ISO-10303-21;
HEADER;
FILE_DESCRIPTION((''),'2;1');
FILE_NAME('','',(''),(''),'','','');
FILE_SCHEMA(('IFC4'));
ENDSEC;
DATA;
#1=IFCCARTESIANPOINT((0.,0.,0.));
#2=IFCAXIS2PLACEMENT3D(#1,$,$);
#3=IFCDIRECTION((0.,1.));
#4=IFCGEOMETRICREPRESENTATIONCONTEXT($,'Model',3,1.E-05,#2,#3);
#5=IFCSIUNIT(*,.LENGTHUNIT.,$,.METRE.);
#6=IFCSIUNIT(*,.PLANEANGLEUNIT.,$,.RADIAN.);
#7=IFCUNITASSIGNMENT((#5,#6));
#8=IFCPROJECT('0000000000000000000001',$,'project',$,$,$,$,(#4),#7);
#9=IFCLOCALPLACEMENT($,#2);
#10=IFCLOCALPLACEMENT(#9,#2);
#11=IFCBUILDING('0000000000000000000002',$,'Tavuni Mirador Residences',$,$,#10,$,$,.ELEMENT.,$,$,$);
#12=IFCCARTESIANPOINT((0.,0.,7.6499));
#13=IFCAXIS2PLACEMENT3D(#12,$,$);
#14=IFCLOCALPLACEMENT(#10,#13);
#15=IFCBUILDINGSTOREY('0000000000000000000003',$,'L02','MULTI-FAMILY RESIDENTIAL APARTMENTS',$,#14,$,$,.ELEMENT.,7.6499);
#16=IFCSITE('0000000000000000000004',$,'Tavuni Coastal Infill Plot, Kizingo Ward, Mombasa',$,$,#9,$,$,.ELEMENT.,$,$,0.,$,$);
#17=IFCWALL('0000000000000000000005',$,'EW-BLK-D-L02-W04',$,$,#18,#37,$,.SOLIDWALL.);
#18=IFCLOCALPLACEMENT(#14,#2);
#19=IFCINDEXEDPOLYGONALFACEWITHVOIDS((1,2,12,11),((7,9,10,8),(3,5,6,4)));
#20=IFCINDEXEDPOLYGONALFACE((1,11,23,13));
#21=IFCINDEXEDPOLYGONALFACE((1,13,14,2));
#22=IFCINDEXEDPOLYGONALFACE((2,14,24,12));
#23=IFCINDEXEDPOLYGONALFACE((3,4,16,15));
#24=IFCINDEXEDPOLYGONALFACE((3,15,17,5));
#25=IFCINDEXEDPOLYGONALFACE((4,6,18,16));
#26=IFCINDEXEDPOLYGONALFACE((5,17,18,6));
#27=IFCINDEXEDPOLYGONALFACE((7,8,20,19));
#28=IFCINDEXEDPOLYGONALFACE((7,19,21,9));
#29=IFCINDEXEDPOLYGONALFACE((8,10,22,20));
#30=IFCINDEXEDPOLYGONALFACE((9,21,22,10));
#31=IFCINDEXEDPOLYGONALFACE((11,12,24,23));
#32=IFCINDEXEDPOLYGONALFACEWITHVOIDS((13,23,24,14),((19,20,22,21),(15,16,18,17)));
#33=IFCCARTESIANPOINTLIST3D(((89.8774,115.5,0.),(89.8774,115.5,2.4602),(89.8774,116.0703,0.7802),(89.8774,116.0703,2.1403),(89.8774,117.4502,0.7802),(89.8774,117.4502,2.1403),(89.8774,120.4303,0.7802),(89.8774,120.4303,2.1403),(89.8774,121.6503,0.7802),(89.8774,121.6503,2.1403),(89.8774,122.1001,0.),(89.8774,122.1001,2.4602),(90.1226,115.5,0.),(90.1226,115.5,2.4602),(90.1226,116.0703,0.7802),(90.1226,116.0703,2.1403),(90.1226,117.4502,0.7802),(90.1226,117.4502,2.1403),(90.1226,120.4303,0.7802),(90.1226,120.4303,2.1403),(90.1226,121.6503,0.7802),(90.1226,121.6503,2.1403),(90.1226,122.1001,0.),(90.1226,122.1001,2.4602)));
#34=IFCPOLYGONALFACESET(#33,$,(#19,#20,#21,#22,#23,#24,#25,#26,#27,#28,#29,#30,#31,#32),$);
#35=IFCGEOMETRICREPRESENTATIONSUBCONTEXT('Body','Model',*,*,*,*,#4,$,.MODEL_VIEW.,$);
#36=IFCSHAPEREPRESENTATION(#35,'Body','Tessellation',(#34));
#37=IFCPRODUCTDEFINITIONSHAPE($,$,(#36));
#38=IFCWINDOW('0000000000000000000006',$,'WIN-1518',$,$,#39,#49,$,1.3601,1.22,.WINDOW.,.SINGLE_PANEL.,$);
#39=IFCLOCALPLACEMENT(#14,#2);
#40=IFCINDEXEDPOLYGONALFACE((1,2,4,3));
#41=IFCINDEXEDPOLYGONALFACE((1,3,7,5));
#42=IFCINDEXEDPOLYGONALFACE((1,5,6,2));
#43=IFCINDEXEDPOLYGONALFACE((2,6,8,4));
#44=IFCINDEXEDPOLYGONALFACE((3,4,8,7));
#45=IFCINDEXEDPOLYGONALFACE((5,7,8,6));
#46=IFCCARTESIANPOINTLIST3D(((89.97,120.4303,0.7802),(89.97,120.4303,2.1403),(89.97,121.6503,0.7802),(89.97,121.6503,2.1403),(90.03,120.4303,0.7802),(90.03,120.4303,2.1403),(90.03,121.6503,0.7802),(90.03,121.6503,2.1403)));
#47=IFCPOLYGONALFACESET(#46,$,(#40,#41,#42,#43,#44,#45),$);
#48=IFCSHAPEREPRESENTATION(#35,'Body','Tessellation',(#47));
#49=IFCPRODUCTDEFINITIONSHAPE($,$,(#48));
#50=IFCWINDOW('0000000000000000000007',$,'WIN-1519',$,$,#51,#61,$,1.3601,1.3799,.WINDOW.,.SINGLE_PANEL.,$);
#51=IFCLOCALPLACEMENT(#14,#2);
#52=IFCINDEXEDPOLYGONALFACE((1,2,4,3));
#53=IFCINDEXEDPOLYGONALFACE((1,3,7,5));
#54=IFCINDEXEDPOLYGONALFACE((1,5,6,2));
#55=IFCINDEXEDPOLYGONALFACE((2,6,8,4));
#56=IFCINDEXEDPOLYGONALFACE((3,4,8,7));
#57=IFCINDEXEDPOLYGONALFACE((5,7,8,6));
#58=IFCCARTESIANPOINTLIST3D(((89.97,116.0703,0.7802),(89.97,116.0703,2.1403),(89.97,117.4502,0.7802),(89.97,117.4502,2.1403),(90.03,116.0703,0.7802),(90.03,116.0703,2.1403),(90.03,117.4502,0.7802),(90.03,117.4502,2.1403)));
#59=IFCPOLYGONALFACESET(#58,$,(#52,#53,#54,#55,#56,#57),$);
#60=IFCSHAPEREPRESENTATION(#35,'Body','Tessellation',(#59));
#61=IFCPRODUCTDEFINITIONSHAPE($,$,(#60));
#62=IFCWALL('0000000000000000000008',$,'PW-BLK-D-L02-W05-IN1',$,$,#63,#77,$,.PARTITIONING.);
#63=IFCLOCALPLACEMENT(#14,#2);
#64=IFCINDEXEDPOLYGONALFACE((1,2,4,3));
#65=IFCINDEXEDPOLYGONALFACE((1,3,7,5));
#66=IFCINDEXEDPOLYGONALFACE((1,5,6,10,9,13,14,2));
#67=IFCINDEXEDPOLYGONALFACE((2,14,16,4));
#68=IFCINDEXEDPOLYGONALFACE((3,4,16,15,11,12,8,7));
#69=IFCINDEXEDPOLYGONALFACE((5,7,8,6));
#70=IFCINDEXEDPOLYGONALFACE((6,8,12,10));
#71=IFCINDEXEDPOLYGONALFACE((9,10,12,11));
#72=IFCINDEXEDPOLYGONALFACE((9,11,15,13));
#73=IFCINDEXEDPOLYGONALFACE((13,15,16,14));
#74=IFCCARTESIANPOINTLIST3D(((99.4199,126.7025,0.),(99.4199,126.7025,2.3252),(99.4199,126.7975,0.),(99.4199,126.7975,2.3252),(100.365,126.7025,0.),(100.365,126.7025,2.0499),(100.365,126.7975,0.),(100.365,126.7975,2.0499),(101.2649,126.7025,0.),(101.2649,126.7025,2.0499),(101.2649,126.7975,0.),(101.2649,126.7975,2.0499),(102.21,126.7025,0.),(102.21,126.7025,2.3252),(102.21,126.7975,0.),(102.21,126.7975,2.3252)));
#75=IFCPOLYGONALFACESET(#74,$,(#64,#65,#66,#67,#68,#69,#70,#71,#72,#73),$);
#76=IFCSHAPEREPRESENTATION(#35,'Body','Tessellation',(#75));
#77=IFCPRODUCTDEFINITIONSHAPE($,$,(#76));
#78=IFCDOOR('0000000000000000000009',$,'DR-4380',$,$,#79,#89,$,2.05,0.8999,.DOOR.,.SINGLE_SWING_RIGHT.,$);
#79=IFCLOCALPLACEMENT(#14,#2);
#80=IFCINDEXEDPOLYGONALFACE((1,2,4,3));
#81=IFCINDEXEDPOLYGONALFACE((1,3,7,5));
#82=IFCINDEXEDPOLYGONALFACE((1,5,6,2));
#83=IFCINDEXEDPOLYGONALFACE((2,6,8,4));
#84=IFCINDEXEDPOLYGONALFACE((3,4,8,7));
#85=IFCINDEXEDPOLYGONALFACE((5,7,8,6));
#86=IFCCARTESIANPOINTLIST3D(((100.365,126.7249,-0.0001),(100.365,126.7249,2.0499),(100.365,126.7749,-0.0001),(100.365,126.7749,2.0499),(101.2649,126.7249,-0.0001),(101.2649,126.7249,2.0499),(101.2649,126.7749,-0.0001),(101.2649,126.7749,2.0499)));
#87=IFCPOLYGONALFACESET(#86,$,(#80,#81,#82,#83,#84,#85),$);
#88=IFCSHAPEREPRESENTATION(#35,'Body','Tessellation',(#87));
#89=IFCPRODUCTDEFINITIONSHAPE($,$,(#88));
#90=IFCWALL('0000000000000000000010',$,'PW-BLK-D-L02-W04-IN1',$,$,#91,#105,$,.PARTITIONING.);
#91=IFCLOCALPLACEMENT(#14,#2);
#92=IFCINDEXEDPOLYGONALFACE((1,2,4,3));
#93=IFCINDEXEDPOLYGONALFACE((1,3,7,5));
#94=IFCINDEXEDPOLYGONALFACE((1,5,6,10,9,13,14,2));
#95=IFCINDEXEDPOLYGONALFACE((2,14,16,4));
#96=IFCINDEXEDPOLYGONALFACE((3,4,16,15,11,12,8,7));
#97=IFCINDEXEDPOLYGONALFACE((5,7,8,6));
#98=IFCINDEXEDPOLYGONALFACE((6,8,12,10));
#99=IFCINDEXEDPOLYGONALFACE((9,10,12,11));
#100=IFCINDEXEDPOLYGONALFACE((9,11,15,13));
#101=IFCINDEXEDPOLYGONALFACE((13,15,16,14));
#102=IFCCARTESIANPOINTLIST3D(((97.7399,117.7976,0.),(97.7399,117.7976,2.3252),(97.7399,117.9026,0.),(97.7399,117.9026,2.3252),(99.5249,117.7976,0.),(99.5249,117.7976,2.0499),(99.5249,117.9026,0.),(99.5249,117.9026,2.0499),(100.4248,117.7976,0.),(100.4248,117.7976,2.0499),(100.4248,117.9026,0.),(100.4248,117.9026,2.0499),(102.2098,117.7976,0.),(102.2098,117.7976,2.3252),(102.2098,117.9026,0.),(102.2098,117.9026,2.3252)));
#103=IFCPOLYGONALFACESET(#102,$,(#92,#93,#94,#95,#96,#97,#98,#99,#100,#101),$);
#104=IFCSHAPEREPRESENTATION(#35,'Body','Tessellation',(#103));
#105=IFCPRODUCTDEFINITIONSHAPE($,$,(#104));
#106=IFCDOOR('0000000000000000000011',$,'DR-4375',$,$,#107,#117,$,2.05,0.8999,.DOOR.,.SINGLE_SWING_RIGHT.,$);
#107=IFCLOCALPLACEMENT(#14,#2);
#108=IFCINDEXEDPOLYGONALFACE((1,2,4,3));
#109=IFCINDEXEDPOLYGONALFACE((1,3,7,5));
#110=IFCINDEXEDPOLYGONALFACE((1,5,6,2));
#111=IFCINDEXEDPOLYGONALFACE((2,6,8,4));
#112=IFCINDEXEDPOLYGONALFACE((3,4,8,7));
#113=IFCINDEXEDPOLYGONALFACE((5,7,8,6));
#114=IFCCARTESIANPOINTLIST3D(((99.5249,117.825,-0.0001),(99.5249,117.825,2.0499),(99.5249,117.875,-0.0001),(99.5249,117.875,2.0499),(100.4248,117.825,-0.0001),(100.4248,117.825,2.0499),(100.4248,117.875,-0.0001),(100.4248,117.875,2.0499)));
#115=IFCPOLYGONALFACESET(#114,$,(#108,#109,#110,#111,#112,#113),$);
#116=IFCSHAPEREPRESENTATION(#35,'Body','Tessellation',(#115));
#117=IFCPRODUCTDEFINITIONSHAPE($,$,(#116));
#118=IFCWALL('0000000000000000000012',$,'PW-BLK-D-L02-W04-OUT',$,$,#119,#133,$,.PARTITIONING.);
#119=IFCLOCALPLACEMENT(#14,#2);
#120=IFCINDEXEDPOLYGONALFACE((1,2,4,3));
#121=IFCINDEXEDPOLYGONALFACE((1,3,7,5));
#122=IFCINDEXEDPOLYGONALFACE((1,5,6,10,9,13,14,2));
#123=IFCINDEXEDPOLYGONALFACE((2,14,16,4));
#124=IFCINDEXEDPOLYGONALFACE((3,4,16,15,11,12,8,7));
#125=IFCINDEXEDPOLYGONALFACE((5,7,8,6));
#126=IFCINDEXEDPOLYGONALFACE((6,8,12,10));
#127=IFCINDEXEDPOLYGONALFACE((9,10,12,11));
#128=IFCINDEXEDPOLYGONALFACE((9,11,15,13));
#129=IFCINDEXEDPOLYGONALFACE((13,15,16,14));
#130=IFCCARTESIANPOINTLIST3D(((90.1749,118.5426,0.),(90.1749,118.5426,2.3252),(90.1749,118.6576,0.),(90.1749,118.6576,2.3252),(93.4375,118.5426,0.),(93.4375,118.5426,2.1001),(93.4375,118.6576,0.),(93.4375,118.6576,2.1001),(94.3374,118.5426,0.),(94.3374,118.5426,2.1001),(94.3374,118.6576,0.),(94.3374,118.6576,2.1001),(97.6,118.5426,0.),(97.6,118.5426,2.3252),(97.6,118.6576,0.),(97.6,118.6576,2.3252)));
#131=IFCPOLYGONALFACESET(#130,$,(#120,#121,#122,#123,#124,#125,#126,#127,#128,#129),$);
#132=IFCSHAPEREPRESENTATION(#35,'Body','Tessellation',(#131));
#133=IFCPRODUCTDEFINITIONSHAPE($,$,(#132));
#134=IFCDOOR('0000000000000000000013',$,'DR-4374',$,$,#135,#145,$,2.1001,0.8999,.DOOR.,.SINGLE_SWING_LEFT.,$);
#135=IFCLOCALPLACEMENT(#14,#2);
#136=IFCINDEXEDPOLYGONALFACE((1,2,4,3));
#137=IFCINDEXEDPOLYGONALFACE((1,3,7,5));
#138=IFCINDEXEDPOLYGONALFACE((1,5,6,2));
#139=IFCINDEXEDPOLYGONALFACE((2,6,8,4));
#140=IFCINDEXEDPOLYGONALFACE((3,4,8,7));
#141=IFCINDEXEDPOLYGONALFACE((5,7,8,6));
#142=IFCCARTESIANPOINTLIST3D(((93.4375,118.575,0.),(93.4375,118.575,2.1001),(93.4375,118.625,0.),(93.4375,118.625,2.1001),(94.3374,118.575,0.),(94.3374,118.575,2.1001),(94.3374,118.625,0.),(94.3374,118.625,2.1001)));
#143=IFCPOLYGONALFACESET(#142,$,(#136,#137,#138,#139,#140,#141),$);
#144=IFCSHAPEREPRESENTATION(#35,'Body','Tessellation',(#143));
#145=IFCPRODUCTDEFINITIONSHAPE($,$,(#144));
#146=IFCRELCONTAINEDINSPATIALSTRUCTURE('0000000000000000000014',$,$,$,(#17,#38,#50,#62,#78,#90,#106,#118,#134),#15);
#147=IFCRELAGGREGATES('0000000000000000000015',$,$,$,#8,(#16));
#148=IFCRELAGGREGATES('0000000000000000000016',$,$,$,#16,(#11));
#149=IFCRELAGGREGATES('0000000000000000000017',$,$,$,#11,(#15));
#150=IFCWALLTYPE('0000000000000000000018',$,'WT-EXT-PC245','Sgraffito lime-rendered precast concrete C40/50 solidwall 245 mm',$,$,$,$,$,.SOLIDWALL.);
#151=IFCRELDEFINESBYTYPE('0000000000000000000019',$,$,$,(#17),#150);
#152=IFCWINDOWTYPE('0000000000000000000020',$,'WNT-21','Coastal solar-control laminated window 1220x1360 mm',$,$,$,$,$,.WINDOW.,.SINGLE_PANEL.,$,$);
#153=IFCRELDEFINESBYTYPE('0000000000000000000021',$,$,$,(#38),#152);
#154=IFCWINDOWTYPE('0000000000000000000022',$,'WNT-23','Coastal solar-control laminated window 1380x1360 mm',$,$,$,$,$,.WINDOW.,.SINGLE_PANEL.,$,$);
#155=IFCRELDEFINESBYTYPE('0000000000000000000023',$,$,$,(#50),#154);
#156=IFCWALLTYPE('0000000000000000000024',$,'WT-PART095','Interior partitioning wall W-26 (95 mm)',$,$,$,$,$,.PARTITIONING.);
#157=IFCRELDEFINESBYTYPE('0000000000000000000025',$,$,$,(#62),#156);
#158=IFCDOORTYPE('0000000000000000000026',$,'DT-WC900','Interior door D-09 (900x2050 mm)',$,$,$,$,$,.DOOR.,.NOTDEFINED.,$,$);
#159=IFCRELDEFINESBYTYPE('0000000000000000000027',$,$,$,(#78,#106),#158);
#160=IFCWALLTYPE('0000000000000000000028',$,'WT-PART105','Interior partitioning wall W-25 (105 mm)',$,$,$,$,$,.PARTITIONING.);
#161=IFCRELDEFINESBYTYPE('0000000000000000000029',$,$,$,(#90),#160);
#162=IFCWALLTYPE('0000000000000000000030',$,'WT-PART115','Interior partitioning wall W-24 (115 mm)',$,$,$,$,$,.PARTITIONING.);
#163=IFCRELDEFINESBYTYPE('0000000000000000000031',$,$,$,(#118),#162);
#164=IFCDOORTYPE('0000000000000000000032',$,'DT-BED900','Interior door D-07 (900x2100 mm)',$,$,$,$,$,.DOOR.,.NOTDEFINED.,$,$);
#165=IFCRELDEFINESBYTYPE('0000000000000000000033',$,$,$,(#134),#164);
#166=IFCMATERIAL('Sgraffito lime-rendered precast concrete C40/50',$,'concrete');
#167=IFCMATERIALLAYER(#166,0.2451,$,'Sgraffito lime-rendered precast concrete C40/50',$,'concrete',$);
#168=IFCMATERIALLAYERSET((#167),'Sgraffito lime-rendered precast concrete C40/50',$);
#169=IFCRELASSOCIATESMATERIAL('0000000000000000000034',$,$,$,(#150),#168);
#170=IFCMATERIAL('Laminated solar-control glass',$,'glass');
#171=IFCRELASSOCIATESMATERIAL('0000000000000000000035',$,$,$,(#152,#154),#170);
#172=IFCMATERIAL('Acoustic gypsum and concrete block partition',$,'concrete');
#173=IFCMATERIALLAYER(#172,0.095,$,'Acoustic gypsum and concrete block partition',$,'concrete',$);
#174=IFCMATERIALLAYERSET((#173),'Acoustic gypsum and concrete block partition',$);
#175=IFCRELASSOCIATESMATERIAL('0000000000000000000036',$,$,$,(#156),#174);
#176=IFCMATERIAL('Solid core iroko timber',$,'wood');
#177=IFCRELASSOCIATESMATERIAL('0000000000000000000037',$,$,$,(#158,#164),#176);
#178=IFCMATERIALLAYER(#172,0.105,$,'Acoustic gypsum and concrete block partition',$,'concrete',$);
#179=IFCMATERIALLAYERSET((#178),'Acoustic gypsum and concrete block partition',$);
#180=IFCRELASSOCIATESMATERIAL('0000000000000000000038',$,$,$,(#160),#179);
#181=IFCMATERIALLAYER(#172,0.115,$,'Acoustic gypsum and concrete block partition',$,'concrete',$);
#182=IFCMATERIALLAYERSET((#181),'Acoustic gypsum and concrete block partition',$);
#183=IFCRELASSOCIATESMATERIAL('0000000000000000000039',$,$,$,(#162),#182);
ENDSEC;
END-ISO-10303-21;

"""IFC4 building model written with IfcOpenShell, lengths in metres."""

from ifc_helpers import new_model, si_unit, direction, frame, frame_2d, origin, place, context, subcontext, project, spatial, rectangle, extrude, material, layer, layer_set, type_object, element, fill, save


model = new_model("IFC4")

# Units and contexts
model_context = context("Model", 3, precision=1e-05, world=origin(), true_north=direction((0.0, 1.0)))
body_context = subcontext(model_context, "Body", "Model", "MODEL_VIEW")
ifc_project = project(units=[si_unit("LENGTHUNIT", "METRE"), si_unit("PLANEANGLEUNIT", "RADIAN")], contexts=[model_context])

# Site, building, storey
site_placement = place(None, origin())
site = spatial("IfcSite", under=ifc_project, at=site_placement, Name="Tavuni Coastal Infill Plot, Kizingo Ward, Mombasa", CompositionType="ELEMENT", RefElevation=0.0)
building_placement = place(site_placement, origin())
building = spatial("IfcBuilding", under=site, at=building_placement, Name="Tavuni Mirador Residences", CompositionType="ELEMENT")
storey_placement = place(building_placement, frame((0.0, 0.0, 7.6499)))
storey = spatial("IfcBuildingStorey", under=building, at=storey_placement, Name="L02", Description="MULTI-FAMILY RESIDENTIAL APARTMENTS", CompositionType="ELEMENT", Elevation=7.6499)

# Shared definitions
ifc_material_1 = material(Name="Solid core iroko timber", Category="wood")

# Wall, openings, windows
ifc_material_2 = material(Name="Sgraffito lime-rendered precast concrete C40/50", Category="concrete")
ifc_layer_1 = layer(ifc_material_2, 0.2451, Name="Sgraffito lime-rendered precast concrete C40/50", Category="concrete")
ifc_layer_set_1 = layer_set([ifc_layer_1], Name="Sgraffito lime-rendered precast concrete C40/50")
wall_type_1 = type_object("IfcWallType", Name="WT-EXT-PC245", Description="Sgraffito lime-rendered precast concrete C40/50 solidwall 245 mm", PredefinedType="SOLIDWALL", material=ifc_layer_set_1)
wall_1_placement = place(storey_placement, frame((90.0, 122.1001, 0.0), z_axis=(0.0, 0.0, 1.0), x_axis=(0.0, -1.0, 0.0)))
wall_1 = element("IfcWall", 1, at=wall_1_placement, inside=storey, type_object=wall_type_1, Name="EW-BLK-D-L02-W04", PredefinedType="SOLIDWALL", context=body_context, shape_type="SweptSolid", body=[
    extrude(rectangle(XDim=6.6001, YDim=0.2451, at=frame_2d((3.3, 0.0))), origin(), (0.0, 0.0, 1.0), 2.4602),
])
opening_1_placement = place(wall_1_placement, frame((0.45, 0.0, 0.78)))
opening_1 = element("IfcOpeningElement", 2, at=opening_1_placement, cuts=wall_1, PredefinedType="OPENING", context=body_context, shape_type="SweptSolid", body=[
    extrude(rectangle(XDim=1.22, YDim=1.3601, at=frame_2d((0.6099, 0.6802))), frame((0.0, 0.1326, 0.0), z_axis=(0.0, -1.0, 0.0), x_axis=(1.0, 0.0, 0.0)), (0.0, 0.0, 1.0), 0.2651),
])
opening_2_placement = place(wall_1_placement, frame((4.6499, 0.0, 0.78)))
opening_2 = element("IfcOpeningElement", 3, at=opening_2_placement, cuts=wall_1, PredefinedType="OPENING", context=body_context, shape_type="SweptSolid", body=[
    extrude(rectangle(XDim=1.3799, YDim=1.3601, at=frame_2d((0.6899, 0.6802))), frame((0.0, 0.1326, 0.0), z_axis=(0.0, -1.0, 0.0), x_axis=(1.0, 0.0, 0.0)), (0.0, 0.0, 1.0), 0.2651),
])
ifc_material_3 = material(Name="Laminated solar-control glass", Category="glass")
window_type_1 = type_object("IfcWindowType", Name="WNT-21", Description="Coastal solar-control laminated window 1220x1360 mm", PartitioningType="SINGLE_PANEL", PredefinedType="WINDOW", material=ifc_material_3)
window_1_placement = place(opening_1_placement, origin())
window_1 = element("IfcWindow", 4, at=window_1_placement, inside=storey, type_object=window_type_1, Name="WIN-1518", OverallHeight=1.3601, OverallWidth=1.22, PartitioningType="SINGLE_PANEL", PredefinedType="WINDOW", context=body_context, shape_type="SweptSolid", body=[
    extrude(rectangle(XDim=1.22, YDim=1.3601, at=frame_2d((0.6099, 0.6802))), frame((0.0, 0.03, 0.0), z_axis=(0.0, -1.0, 0.0), x_axis=(1.0, 0.0, 0.0)), (0.0, 0.0, 1.0), 0.0601),
])
fill(opening_1, window_1)
window_type_2 = type_object("IfcWindowType", Name="WNT-23", Description="Coastal solar-control laminated window 1380x1360 mm", PartitioningType="SINGLE_PANEL", PredefinedType="WINDOW", material=ifc_material_3)
window_2_placement = place(opening_2_placement, origin())
window_2 = element("IfcWindow", 5, at=window_2_placement, inside=storey, type_object=window_type_2, Name="WIN-1519", OverallHeight=1.3601, OverallWidth=1.3799, PartitioningType="SINGLE_PANEL", PredefinedType="WINDOW", context=body_context, shape_type="SweptSolid", body=[
    extrude(rectangle(XDim=1.3799, YDim=1.3601, at=frame_2d((0.6899, 0.6802))), frame((0.0, 0.03, 0.0), z_axis=(0.0, -1.0, 0.0), x_axis=(1.0, 0.0, 0.0)), (0.0, 0.0, 1.0), 0.0601),
])
fill(opening_2, window_2)

# Walls, openings, doors
ifc_material_4 = material(Name="Acoustic gypsum and concrete block partition", Category="concrete")
ifc_layer_2 = layer(ifc_material_4, 0.095, Name="Acoustic gypsum and concrete block partition", Category="concrete")
ifc_layer_set_2 = layer_set([ifc_layer_2], Name="Acoustic gypsum and concrete block partition")
wall_type_2 = type_object("IfcWallType", Name="WT-PART095", Description="Interior partitioning wall W-26 (95 mm)", PredefinedType="PARTITIONING", material=ifc_layer_set_2)
wall_2_placement = place(storey_placement, frame((99.4199, 126.75, 0.0), z_axis=(0.0, 0.0, 1.0), x_axis=(1.0, 0.0, 0.0)))
wall_2 = element("IfcWall", 6, at=wall_2_placement, inside=storey, type_object=wall_type_2, Name="PW-BLK-D-L02-W05-IN1", PredefinedType="PARTITIONING", context=body_context, shape_type="SweptSolid", body=[
    extrude(rectangle(XDim=2.79, YDim=0.095, at=frame_2d((1.395, 0.0))), origin(), (0.0, 0.0, 1.0), 2.3252),
])
opening_3_placement = place(wall_2_placement, frame((0.9451, 0.0, 0.0)))
opening_3 = element("IfcOpeningElement", 7, at=opening_3_placement, cuts=wall_2, PredefinedType="OPENING", context=body_context, shape_type="SweptSolid", body=[
    extrude(rectangle(XDim=0.8999, YDim=2.05, at=frame_2d((0.45, 1.0249))), frame((0.0, 0.0576, 0.0), z_axis=(0.0, -1.0, 0.0), x_axis=(1.0, 0.0, 0.0)), (0.0, 0.0, 1.0), 0.115),
])
door_type_1 = type_object("IfcDoorType", Name="DT-WC900", Description="Interior door D-09 (900x2050 mm)", OperationType="NOTDEFINED", PredefinedType="DOOR", material=ifc_material_1)
door_1_placement = place(opening_3_placement, origin())
door_1 = element("IfcDoor", 8, at=door_1_placement, inside=storey, type_object=door_type_1, Name="DR-4380", OperationType="SINGLE_SWING_RIGHT", OverallHeight=2.05, OverallWidth=0.8999, PredefinedType="DOOR", context=body_context, shape_type="SweptSolid", body=[
    extrude(rectangle(XDim=0.8999, YDim=2.05, at=frame_2d((0.45, 1.0249))), frame((0.0, 0.0249, 0.0), z_axis=(0.0, -1.0, 0.0), x_axis=(1.0, 0.0, 0.0)), (0.0, 0.0, 1.0), 0.05),
])
fill(opening_3, door_1)
ifc_layer_3 = layer(ifc_material_4, 0.105, Name="Acoustic gypsum and concrete block partition", Category="concrete")
ifc_layer_set_3 = layer_set([ifc_layer_3], Name="Acoustic gypsum and concrete block partition")
wall_type_3 = type_object("IfcWallType", Name="WT-PART105", Description="Interior partitioning wall W-25 (105 mm)", PredefinedType="PARTITIONING", material=ifc_layer_set_3)
wall_3_placement = place(storey_placement, frame((97.74, 117.8501, 0.0), z_axis=(0.0, 0.0, 1.0), x_axis=(1.0, 0.0, 0.0)))
wall_3 = element("IfcWall", 9, at=wall_3_placement, inside=storey, type_object=wall_type_3, Name="PW-BLK-D-L02-W04-IN1", PredefinedType="PARTITIONING", context=body_context, shape_type="SweptSolid", body=[
    extrude(rectangle(XDim=4.47, YDim=0.105, at=frame_2d((2.2349, 0.0))), origin(), (0.0, 0.0, 1.0), 2.3252),
])
opening_4_placement = place(wall_3_placement, frame((1.7849, 0.0, 0.0)))
opening_4 = element("IfcOpeningElement", 10, at=opening_4_placement, cuts=wall_3, PredefinedType="OPENING", context=body_context, shape_type="SweptSolid", body=[
    extrude(rectangle(XDim=0.8999, YDim=2.05, at=frame_2d((0.45, 1.0249))), frame((0.0, 0.0625, 0.0), z_axis=(0.0, -1.0, 0.0), x_axis=(1.0, 0.0, 0.0)), (0.0, 0.0, 1.0), 0.125),
])
door_2_placement = place(opening_4_placement, origin())
door_2 = element("IfcDoor", 11, at=door_2_placement, inside=storey, type_object=door_type_1, Name="DR-4375", OperationType="SINGLE_SWING_RIGHT", OverallHeight=2.05, OverallWidth=0.8999, PredefinedType="DOOR", context=body_context, shape_type="SweptSolid", body=[
    extrude(rectangle(XDim=0.8999, YDim=2.05, at=frame_2d((0.45, 1.0249))), frame((0.0, 0.0249, 0.0), z_axis=(0.0, -1.0, 0.0), x_axis=(1.0, 0.0, 0.0)), (0.0, 0.0, 1.0), 0.05),
])
fill(opening_4, door_2)
ifc_layer_4 = layer(ifc_material_4, 0.115, Name="Acoustic gypsum and concrete block partition", Category="concrete")
ifc_layer_set_4 = layer_set([ifc_layer_4], Name="Acoustic gypsum and concrete block partition")
wall_type_4 = type_object("IfcWallType", Name="WT-PART115", Description="Interior partitioning wall W-24 (115 mm)", PredefinedType="PARTITIONING", material=ifc_layer_set_4)
wall_4_placement = place(storey_placement, frame((90.175, 118.6001, 0.0), z_axis=(0.0, 0.0, 1.0), x_axis=(1.0, 0.0, 0.0)))
wall_4 = element("IfcWall", 12, at=wall_4_placement, inside=storey, type_object=wall_type_4, Name="PW-BLK-D-L02-W04-OUT", PredefinedType="PARTITIONING", context=body_context, shape_type="SweptSolid", body=[
    extrude(rectangle(XDim=7.425, YDim=0.115, at=frame_2d((3.7124, 0.0))), origin(), (0.0, 0.0, 1.0), 2.3252),
])
opening_5_placement = place(wall_4_placement, frame((3.2625, 0.0, 0.0)))
opening_5 = element("IfcOpeningElement", 13, at=opening_5_placement, cuts=wall_4, PredefinedType="OPENING", context=body_context, shape_type="SweptSolid", body=[
    extrude(rectangle(XDim=0.8999, YDim=2.1001, at=frame_2d((0.45, 1.05))), frame((0.0, 0.0674, 0.0), z_axis=(0.0, -1.0, 0.0), x_axis=(1.0, 0.0, 0.0)), (0.0, 0.0, 1.0), 0.135),
])
door_type_2 = type_object("IfcDoorType", Name="DT-BED900", Description="Interior door D-07 (900x2100 mm)", OperationType="NOTDEFINED", PredefinedType="DOOR", material=ifc_material_1)
door_3_placement = place(opening_5_placement, origin())
door_3 = element("IfcDoor", 14, at=door_3_placement, inside=storey, type_object=door_type_2, Name="DR-4374", OperationType="SINGLE_SWING_LEFT", OverallHeight=2.1001, OverallWidth=0.8999, PredefinedType="DOOR", context=body_context, shape_type="SweptSolid", body=[
    extrude(rectangle(XDim=0.8999, YDim=2.1001, at=frame_2d((0.45, 1.05))), frame((0.0, 0.0249, 0.0), z_axis=(0.0, -1.0, 0.0), x_axis=(1.0, 0.0, 0.0)), (0.0, 0.0, 1.0), 0.05),
])
fill(opening_5, door_3)

save(model, "model.ifc")
